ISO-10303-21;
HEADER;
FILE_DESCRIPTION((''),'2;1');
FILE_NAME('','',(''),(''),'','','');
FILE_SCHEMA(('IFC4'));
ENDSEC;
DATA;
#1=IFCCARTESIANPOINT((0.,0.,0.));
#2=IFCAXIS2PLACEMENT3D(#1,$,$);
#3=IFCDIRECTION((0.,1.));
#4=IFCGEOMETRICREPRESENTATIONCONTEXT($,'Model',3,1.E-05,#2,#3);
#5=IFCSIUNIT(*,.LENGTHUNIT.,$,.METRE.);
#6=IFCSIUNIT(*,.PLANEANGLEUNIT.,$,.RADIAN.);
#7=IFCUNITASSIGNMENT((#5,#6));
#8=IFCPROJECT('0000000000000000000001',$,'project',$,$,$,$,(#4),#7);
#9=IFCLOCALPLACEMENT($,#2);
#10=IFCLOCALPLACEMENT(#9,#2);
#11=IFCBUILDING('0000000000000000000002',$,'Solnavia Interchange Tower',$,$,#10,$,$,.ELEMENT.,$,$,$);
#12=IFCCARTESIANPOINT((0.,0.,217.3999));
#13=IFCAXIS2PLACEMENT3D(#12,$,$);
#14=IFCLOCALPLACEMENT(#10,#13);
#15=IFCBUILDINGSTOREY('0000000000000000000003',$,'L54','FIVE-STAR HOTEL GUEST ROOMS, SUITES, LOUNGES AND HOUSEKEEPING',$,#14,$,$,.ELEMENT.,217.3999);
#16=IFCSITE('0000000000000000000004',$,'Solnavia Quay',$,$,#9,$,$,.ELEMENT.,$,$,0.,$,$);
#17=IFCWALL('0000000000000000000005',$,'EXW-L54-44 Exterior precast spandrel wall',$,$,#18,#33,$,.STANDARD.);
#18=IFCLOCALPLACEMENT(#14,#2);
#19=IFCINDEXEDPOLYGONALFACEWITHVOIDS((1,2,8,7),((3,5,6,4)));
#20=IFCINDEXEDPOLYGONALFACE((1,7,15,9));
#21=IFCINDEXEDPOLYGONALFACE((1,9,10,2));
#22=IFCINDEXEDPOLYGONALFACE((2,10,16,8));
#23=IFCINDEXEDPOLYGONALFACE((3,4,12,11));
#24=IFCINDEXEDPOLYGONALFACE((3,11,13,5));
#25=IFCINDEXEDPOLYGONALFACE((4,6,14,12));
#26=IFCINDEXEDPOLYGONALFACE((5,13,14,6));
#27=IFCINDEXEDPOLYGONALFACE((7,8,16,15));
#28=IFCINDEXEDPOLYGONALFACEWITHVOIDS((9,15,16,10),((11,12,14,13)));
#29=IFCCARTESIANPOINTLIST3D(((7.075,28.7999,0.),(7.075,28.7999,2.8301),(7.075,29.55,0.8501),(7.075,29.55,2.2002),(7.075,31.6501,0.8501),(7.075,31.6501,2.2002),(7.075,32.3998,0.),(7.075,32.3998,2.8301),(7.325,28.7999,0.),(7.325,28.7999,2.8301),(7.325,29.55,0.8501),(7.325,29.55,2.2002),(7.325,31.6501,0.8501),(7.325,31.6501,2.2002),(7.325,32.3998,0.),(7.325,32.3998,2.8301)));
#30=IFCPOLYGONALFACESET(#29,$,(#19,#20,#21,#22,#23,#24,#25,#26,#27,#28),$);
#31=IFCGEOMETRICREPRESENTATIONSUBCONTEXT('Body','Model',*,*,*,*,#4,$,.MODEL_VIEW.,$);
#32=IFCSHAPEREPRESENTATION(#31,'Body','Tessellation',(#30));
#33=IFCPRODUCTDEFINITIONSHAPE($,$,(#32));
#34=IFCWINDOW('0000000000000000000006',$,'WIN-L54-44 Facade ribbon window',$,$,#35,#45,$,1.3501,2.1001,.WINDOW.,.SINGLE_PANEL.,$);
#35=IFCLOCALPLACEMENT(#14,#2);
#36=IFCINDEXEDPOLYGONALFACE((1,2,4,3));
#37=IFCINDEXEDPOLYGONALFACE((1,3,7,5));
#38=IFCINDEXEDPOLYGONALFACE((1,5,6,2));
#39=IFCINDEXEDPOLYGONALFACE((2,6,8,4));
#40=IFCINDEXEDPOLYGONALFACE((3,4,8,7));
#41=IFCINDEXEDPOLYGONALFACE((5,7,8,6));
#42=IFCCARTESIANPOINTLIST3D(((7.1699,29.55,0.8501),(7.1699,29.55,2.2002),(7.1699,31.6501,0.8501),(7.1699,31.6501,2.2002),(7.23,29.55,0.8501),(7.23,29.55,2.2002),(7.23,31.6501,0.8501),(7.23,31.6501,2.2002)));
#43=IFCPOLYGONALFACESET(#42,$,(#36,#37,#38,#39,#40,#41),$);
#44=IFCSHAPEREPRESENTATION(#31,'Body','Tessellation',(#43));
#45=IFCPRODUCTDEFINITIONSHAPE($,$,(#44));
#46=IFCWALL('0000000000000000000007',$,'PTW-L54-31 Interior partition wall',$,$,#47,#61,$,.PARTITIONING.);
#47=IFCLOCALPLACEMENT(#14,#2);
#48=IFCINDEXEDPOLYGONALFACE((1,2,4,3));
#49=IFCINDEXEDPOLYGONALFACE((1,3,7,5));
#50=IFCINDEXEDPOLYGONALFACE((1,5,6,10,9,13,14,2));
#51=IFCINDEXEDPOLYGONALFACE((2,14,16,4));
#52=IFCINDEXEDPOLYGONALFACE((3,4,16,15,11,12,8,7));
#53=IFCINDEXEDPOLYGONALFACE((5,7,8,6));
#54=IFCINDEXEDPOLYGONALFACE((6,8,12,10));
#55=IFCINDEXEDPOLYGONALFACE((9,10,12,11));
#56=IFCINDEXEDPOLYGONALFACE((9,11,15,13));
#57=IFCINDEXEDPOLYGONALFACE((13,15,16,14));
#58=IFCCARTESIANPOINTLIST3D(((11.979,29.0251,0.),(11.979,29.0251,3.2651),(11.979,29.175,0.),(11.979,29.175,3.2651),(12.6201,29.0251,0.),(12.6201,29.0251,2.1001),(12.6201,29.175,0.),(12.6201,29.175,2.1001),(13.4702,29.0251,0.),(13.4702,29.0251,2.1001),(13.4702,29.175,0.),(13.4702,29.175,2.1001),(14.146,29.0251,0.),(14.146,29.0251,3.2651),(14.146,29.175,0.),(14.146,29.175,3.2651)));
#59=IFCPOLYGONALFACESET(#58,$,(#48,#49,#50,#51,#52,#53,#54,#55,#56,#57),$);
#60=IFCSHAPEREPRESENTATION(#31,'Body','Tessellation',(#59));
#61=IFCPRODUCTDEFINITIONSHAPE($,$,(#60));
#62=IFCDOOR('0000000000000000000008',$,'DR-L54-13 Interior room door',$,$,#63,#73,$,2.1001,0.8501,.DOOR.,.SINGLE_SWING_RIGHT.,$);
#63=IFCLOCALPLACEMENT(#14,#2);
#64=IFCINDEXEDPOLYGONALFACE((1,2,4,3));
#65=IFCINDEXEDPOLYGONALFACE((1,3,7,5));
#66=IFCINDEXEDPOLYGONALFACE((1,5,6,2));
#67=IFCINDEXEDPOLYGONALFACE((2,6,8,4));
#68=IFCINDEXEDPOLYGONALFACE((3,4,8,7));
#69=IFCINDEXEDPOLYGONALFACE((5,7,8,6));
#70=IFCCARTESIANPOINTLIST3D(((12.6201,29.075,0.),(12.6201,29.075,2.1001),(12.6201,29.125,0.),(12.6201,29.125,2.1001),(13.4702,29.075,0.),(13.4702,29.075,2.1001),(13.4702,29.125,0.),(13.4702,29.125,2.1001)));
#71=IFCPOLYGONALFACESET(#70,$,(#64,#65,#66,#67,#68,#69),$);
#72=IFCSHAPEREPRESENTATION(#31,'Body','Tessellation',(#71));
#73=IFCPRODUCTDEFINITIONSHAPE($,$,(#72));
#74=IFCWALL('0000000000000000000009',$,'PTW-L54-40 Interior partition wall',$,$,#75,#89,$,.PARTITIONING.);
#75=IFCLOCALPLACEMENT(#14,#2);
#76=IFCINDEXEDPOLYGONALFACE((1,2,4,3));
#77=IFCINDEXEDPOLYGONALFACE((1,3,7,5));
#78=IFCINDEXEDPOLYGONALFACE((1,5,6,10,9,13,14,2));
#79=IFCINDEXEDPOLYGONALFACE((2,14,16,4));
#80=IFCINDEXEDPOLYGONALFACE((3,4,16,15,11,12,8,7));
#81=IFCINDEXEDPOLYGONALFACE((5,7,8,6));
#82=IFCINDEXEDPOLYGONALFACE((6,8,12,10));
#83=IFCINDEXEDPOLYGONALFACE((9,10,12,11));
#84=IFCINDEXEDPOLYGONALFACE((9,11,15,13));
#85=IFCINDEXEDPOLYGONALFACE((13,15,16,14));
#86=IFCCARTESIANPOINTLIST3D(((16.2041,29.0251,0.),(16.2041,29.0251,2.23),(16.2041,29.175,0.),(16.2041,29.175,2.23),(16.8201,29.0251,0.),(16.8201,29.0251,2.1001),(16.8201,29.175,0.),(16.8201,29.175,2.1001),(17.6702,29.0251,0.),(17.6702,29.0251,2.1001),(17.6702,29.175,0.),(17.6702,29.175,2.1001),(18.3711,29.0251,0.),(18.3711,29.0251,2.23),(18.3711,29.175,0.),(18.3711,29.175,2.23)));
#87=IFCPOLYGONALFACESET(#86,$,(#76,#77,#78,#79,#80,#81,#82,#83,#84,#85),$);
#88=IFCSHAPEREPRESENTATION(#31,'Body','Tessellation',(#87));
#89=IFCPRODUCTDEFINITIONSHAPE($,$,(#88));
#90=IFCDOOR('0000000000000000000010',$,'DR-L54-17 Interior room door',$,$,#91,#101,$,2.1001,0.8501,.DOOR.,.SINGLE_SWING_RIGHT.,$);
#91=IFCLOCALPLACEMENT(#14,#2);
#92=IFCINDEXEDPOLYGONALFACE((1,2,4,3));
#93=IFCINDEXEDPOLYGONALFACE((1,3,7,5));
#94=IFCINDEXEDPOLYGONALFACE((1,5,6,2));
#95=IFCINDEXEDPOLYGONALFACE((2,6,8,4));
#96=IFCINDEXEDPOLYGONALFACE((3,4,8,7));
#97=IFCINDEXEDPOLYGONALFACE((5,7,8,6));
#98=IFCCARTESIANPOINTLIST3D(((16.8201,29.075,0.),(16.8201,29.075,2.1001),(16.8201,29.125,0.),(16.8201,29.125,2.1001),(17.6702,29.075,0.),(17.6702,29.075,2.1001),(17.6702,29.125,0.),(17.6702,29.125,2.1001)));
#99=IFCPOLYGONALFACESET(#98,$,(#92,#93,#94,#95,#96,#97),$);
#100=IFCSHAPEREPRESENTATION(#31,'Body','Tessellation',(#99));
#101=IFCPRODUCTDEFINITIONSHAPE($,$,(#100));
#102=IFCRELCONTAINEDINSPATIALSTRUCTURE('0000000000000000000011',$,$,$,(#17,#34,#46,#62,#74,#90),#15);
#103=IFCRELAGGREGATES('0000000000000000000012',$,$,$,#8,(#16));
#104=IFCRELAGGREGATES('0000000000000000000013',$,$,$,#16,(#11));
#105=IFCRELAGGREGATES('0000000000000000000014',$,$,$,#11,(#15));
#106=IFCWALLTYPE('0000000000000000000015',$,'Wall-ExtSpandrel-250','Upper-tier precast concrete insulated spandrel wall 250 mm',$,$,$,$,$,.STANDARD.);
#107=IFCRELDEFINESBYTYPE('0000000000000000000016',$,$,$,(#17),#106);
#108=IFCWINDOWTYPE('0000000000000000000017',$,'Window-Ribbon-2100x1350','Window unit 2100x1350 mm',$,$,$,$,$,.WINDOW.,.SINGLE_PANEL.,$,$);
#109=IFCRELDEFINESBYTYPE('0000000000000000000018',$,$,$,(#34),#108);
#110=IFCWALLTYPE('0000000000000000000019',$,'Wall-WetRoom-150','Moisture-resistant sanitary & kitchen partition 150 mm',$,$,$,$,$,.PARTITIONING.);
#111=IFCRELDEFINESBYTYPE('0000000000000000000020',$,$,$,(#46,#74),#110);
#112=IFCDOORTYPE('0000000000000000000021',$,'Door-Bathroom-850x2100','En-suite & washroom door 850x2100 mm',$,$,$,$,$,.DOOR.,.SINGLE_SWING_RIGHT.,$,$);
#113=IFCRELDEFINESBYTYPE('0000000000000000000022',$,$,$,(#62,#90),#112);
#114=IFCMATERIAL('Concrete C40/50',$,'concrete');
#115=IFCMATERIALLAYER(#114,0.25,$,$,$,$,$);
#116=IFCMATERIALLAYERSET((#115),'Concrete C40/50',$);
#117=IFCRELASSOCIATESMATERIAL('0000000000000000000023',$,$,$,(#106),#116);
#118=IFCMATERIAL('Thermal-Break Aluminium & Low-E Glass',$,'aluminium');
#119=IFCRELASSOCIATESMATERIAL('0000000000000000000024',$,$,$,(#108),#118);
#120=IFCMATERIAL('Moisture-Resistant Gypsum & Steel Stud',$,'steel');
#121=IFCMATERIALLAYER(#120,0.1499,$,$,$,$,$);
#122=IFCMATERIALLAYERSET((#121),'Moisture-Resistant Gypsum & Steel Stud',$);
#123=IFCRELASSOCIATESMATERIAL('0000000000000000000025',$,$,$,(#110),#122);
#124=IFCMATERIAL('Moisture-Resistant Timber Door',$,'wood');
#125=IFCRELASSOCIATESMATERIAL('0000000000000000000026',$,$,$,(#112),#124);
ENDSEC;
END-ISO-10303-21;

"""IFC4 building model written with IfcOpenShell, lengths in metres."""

from ifc_helpers import new_model, si_unit, direction, frame, frame_2d, origin, place, context, subcontext, project, spatial, rectangle, extrude, material, layer, layer_set, type_object, element, fill, save


model = new_model("IFC4")

# Units and contexts
model_context = context("Model", 3, precision=1e-05, world=origin(), true_north=direction((0.0, 1.0)))
body_context = subcontext(model_context, "Body", "Model", "MODEL_VIEW")
ifc_project = project(units=[si_unit("LENGTHUNIT", "METRE"), si_unit("PLANEANGLEUNIT", "RADIAN")], contexts=[model_context])

# Site, building, storey
site_placement = place(None, origin())
site = spatial("IfcSite", under=ifc_project, at=site_placement, Name="Solnavia Quay", CompositionType="ELEMENT", RefElevation=0.0)
building_placement = place(site_placement, origin())
building = spatial("IfcBuilding", under=site, at=building_placement, Name="Solnavia Interchange Tower", CompositionType="ELEMENT")
storey_placement = place(building_placement, frame((0.0, 0.0, 217.3999)))
storey = spatial("IfcBuildingStorey", under=building, at=storey_placement, Name="L54", Description="FIVE-STAR HOTEL GUEST ROOMS, SUITES, LOUNGES AND HOUSEKEEPING", CompositionType="ELEMENT", Elevation=217.3999)

# Shared definitions
ifc_material_1 = material(Name="Concrete C40/50", Category="concrete")
ifc_layer_1 = layer(ifc_material_1, 0.25)
ifc_layer_set_1 = layer_set([ifc_layer_1], Name="Concrete C40/50")
wall_type_1 = type_object("IfcWallType", Name="Wall-ExtSpandrel-250", Description="Upper-tier precast concrete insulated spandrel wall 250 mm", PredefinedType="STANDARD", material=ifc_layer_set_1)

# Wall, opening, window
wall_1_placement = place(storey_placement, frame((7.2, 28.8, 0.0), z_axis=(0.0, 0.0, 1.0), x_axis=(0.0, 1.0, 0.0)))
wall_1 = element("IfcWall", 1, at=wall_1_placement, inside=storey, type_object=wall_type_1, Name="EXW-L54-44 Exterior precast spandrel wall", PredefinedType="STANDARD", context=body_context, shape_type="SweptSolid", body=[
    extrude(rectangle(XDim=3.5999, YDim=0.25, at=frame_2d((1.7998, 0.0))), origin(), (0.0, 0.0, 1.0), 2.8301),
])
opening_1_placement = place(wall_1_placement, frame((0.75, 0.0, 0.8501)))
opening_1 = element("IfcOpeningElement", 2, at=opening_1_placement, cuts=wall_1, PredefinedType="OPENING", context=body_context, shape_type="SweptSolid", body=[
    extrude(rectangle(XDim=2.1001, YDim=1.3501, at=frame_2d((1.05, 0.675))), frame((0.0, 0.135, 0.0), z_axis=(0.0, -1.0, 0.0), x_axis=(1.0, 0.0, 0.0)), (0.0, 0.0, 1.0), 0.27),
])
ifc_material_2 = material(Name="Thermal-Break Aluminium & Low-E Glass", Category="aluminium")
window_type = type_object("IfcWindowType", Name="Window-Ribbon-2100x1350", Description="Window unit 2100x1350 mm", PartitioningType="SINGLE_PANEL", PredefinedType="WINDOW", material=ifc_material_2)
window_placement = place(opening_1_placement, origin())
window = element("IfcWindow", 3, at=window_placement, inside=storey, type_object=window_type, Name="WIN-L54-44 Facade ribbon window", OverallHeight=1.3501, OverallWidth=2.1001, PartitioningType="SINGLE_PANEL", PredefinedType="WINDOW", context=body_context, shape_type="SweptSolid", body=[
    extrude(rectangle(XDim=2.1001, YDim=1.3501, at=frame_2d((1.05, 0.675))), frame((0.0, 0.03, 0.0), z_axis=(0.0, -1.0, 0.0), x_axis=(1.0, 0.0, 0.0)), (0.0, 0.0, 1.0), 0.0601),
])
fill(opening_1, window)

# Walls, openings, doors
ifc_material_3 = material(Name="Moisture-Resistant Gypsum & Steel Stud", Category="steel")
ifc_layer_2 = layer(ifc_material_3, 0.1499)
ifc_layer_set_2 = layer_set([ifc_layer_2], Name="Moisture-Resistant Gypsum & Steel Stud")
wall_type_2 = type_object("IfcWallType", Name="Wall-WetRoom-150", Description="Moisture-resistant sanitary & kitchen partition 150 mm", PredefinedType="PARTITIONING", material=ifc_layer_set_2)
wall_2_placement = place(storey_placement, frame((11.979, 29.1001, 0.0), z_axis=(0.0, 0.0, 1.0), x_axis=(1.0, 0.0, 0.0)))
wall_2 = element("IfcWall", 4, at=wall_2_placement, inside=storey, type_object=wall_type_2, Name="PTW-L54-31 Interior partition wall", PredefinedType="PARTITIONING", context=body_context, shape_type="SweptSolid", body=[
    extrude(rectangle(XDim=2.167, YDim=0.1499, at=frame_2d((1.0835, 0.0))), origin(), (0.0, 0.0, 1.0), 3.2651),
])
opening_2_placement = place(wall_2_placement, frame((0.6411, 0.0, 0.0)))
opening_2 = element("IfcOpeningElement", 5, at=opening_2_placement, cuts=wall_2, PredefinedType="OPENING", context=body_context, shape_type="SweptSolid", body=[
    extrude(rectangle(XDim=0.8501, YDim=2.1001, at=frame_2d((0.425, 1.05))), frame((0.0, 0.085, 0.0), z_axis=(0.0, -1.0, 0.0), x_axis=(1.0, 0.0, 0.0)), (0.0, 0.0, 1.0), 0.1699),
])
ifc_material_4 = material(Name="Moisture-Resistant Timber Door", Category="wood")
door_type_1 = type_object("IfcDoorType", Name="Door-Bathroom-850x2100", Description="En-suite & washroom door 850x2100 mm", OperationType="SINGLE_SWING_RIGHT", PredefinedType="DOOR", material=ifc_material_4)
door_1_placement = place(opening_2_placement, origin())
door_1 = element("IfcDoor", 6, at=door_1_placement, inside=storey, type_object=door_type_1, Name="DR-L54-13 Interior room door", OperationType="SINGLE_SWING_RIGHT", OverallHeight=2.1001, OverallWidth=0.8501, PredefinedType="DOOR", context=body_context, shape_type="SweptSolid", body=[
    extrude(rectangle(XDim=0.8501, YDim=2.1001, at=frame_2d((0.425, 1.05))), frame((0.0, 0.0249, 0.0), z_axis=(0.0, -1.0, 0.0), x_axis=(1.0, 0.0, 0.0)), (0.0, 0.0, 1.0), 0.05),
])
fill(opening_2, door_1)
wall_3_placement = place(storey_placement, frame((16.2041, 29.1001, 0.0), z_axis=(0.0, 0.0, 1.0), x_axis=(1.0, 0.0, 0.0)))
wall_3 = element("IfcWall", 7, at=wall_3_placement, inside=storey, type_object=wall_type_2, Name="PTW-L54-40 Interior partition wall", PredefinedType="PARTITIONING", context=body_context, shape_type="SweptSolid", body=[
    extrude(rectangle(XDim=2.167, YDim=0.1499, at=frame_2d((1.0835, 0.0))), origin(), (0.0, 0.0, 1.0), 2.23),
])
opening_3_placement = place(wall_3_placement, frame((0.616, 0.0, 0.0)))
opening_3 = element("IfcOpeningElement", 8, at=opening_3_placement, cuts=wall_3, PredefinedType="OPENING", context=body_context, shape_type="SweptSolid", body=[
    extrude(rectangle(XDim=0.8501, YDim=2.1001, at=frame_2d((0.425, 1.05))), frame((0.0, 0.085, 0.0), z_axis=(0.0, -1.0, 0.0), x_axis=(1.0, 0.0, 0.0)), (0.0, 0.0, 1.0), 0.1699),
])
door_2_placement = place(opening_3_placement, origin())
door_2 = element("IfcDoor", 9, at=door_2_placement, inside=storey, type_object=door_type_1, Name="DR-L54-17 Interior room door", OperationType="SINGLE_SWING_RIGHT", OverallHeight=2.1001, OverallWidth=0.8501, PredefinedType="DOOR", context=body_context, shape_type="SweptSolid", body=[
    extrude(rectangle(XDim=0.8501, YDim=2.1001, at=frame_2d((0.425, 1.05))), frame((0.0, 0.0249, 0.0), z_axis=(0.0, -1.0, 0.0), x_axis=(1.0, 0.0, 0.0)), (0.0, 0.0, 1.0), 0.05),
])
fill(opening_3, door_2)

save(model, "model.ifc")
